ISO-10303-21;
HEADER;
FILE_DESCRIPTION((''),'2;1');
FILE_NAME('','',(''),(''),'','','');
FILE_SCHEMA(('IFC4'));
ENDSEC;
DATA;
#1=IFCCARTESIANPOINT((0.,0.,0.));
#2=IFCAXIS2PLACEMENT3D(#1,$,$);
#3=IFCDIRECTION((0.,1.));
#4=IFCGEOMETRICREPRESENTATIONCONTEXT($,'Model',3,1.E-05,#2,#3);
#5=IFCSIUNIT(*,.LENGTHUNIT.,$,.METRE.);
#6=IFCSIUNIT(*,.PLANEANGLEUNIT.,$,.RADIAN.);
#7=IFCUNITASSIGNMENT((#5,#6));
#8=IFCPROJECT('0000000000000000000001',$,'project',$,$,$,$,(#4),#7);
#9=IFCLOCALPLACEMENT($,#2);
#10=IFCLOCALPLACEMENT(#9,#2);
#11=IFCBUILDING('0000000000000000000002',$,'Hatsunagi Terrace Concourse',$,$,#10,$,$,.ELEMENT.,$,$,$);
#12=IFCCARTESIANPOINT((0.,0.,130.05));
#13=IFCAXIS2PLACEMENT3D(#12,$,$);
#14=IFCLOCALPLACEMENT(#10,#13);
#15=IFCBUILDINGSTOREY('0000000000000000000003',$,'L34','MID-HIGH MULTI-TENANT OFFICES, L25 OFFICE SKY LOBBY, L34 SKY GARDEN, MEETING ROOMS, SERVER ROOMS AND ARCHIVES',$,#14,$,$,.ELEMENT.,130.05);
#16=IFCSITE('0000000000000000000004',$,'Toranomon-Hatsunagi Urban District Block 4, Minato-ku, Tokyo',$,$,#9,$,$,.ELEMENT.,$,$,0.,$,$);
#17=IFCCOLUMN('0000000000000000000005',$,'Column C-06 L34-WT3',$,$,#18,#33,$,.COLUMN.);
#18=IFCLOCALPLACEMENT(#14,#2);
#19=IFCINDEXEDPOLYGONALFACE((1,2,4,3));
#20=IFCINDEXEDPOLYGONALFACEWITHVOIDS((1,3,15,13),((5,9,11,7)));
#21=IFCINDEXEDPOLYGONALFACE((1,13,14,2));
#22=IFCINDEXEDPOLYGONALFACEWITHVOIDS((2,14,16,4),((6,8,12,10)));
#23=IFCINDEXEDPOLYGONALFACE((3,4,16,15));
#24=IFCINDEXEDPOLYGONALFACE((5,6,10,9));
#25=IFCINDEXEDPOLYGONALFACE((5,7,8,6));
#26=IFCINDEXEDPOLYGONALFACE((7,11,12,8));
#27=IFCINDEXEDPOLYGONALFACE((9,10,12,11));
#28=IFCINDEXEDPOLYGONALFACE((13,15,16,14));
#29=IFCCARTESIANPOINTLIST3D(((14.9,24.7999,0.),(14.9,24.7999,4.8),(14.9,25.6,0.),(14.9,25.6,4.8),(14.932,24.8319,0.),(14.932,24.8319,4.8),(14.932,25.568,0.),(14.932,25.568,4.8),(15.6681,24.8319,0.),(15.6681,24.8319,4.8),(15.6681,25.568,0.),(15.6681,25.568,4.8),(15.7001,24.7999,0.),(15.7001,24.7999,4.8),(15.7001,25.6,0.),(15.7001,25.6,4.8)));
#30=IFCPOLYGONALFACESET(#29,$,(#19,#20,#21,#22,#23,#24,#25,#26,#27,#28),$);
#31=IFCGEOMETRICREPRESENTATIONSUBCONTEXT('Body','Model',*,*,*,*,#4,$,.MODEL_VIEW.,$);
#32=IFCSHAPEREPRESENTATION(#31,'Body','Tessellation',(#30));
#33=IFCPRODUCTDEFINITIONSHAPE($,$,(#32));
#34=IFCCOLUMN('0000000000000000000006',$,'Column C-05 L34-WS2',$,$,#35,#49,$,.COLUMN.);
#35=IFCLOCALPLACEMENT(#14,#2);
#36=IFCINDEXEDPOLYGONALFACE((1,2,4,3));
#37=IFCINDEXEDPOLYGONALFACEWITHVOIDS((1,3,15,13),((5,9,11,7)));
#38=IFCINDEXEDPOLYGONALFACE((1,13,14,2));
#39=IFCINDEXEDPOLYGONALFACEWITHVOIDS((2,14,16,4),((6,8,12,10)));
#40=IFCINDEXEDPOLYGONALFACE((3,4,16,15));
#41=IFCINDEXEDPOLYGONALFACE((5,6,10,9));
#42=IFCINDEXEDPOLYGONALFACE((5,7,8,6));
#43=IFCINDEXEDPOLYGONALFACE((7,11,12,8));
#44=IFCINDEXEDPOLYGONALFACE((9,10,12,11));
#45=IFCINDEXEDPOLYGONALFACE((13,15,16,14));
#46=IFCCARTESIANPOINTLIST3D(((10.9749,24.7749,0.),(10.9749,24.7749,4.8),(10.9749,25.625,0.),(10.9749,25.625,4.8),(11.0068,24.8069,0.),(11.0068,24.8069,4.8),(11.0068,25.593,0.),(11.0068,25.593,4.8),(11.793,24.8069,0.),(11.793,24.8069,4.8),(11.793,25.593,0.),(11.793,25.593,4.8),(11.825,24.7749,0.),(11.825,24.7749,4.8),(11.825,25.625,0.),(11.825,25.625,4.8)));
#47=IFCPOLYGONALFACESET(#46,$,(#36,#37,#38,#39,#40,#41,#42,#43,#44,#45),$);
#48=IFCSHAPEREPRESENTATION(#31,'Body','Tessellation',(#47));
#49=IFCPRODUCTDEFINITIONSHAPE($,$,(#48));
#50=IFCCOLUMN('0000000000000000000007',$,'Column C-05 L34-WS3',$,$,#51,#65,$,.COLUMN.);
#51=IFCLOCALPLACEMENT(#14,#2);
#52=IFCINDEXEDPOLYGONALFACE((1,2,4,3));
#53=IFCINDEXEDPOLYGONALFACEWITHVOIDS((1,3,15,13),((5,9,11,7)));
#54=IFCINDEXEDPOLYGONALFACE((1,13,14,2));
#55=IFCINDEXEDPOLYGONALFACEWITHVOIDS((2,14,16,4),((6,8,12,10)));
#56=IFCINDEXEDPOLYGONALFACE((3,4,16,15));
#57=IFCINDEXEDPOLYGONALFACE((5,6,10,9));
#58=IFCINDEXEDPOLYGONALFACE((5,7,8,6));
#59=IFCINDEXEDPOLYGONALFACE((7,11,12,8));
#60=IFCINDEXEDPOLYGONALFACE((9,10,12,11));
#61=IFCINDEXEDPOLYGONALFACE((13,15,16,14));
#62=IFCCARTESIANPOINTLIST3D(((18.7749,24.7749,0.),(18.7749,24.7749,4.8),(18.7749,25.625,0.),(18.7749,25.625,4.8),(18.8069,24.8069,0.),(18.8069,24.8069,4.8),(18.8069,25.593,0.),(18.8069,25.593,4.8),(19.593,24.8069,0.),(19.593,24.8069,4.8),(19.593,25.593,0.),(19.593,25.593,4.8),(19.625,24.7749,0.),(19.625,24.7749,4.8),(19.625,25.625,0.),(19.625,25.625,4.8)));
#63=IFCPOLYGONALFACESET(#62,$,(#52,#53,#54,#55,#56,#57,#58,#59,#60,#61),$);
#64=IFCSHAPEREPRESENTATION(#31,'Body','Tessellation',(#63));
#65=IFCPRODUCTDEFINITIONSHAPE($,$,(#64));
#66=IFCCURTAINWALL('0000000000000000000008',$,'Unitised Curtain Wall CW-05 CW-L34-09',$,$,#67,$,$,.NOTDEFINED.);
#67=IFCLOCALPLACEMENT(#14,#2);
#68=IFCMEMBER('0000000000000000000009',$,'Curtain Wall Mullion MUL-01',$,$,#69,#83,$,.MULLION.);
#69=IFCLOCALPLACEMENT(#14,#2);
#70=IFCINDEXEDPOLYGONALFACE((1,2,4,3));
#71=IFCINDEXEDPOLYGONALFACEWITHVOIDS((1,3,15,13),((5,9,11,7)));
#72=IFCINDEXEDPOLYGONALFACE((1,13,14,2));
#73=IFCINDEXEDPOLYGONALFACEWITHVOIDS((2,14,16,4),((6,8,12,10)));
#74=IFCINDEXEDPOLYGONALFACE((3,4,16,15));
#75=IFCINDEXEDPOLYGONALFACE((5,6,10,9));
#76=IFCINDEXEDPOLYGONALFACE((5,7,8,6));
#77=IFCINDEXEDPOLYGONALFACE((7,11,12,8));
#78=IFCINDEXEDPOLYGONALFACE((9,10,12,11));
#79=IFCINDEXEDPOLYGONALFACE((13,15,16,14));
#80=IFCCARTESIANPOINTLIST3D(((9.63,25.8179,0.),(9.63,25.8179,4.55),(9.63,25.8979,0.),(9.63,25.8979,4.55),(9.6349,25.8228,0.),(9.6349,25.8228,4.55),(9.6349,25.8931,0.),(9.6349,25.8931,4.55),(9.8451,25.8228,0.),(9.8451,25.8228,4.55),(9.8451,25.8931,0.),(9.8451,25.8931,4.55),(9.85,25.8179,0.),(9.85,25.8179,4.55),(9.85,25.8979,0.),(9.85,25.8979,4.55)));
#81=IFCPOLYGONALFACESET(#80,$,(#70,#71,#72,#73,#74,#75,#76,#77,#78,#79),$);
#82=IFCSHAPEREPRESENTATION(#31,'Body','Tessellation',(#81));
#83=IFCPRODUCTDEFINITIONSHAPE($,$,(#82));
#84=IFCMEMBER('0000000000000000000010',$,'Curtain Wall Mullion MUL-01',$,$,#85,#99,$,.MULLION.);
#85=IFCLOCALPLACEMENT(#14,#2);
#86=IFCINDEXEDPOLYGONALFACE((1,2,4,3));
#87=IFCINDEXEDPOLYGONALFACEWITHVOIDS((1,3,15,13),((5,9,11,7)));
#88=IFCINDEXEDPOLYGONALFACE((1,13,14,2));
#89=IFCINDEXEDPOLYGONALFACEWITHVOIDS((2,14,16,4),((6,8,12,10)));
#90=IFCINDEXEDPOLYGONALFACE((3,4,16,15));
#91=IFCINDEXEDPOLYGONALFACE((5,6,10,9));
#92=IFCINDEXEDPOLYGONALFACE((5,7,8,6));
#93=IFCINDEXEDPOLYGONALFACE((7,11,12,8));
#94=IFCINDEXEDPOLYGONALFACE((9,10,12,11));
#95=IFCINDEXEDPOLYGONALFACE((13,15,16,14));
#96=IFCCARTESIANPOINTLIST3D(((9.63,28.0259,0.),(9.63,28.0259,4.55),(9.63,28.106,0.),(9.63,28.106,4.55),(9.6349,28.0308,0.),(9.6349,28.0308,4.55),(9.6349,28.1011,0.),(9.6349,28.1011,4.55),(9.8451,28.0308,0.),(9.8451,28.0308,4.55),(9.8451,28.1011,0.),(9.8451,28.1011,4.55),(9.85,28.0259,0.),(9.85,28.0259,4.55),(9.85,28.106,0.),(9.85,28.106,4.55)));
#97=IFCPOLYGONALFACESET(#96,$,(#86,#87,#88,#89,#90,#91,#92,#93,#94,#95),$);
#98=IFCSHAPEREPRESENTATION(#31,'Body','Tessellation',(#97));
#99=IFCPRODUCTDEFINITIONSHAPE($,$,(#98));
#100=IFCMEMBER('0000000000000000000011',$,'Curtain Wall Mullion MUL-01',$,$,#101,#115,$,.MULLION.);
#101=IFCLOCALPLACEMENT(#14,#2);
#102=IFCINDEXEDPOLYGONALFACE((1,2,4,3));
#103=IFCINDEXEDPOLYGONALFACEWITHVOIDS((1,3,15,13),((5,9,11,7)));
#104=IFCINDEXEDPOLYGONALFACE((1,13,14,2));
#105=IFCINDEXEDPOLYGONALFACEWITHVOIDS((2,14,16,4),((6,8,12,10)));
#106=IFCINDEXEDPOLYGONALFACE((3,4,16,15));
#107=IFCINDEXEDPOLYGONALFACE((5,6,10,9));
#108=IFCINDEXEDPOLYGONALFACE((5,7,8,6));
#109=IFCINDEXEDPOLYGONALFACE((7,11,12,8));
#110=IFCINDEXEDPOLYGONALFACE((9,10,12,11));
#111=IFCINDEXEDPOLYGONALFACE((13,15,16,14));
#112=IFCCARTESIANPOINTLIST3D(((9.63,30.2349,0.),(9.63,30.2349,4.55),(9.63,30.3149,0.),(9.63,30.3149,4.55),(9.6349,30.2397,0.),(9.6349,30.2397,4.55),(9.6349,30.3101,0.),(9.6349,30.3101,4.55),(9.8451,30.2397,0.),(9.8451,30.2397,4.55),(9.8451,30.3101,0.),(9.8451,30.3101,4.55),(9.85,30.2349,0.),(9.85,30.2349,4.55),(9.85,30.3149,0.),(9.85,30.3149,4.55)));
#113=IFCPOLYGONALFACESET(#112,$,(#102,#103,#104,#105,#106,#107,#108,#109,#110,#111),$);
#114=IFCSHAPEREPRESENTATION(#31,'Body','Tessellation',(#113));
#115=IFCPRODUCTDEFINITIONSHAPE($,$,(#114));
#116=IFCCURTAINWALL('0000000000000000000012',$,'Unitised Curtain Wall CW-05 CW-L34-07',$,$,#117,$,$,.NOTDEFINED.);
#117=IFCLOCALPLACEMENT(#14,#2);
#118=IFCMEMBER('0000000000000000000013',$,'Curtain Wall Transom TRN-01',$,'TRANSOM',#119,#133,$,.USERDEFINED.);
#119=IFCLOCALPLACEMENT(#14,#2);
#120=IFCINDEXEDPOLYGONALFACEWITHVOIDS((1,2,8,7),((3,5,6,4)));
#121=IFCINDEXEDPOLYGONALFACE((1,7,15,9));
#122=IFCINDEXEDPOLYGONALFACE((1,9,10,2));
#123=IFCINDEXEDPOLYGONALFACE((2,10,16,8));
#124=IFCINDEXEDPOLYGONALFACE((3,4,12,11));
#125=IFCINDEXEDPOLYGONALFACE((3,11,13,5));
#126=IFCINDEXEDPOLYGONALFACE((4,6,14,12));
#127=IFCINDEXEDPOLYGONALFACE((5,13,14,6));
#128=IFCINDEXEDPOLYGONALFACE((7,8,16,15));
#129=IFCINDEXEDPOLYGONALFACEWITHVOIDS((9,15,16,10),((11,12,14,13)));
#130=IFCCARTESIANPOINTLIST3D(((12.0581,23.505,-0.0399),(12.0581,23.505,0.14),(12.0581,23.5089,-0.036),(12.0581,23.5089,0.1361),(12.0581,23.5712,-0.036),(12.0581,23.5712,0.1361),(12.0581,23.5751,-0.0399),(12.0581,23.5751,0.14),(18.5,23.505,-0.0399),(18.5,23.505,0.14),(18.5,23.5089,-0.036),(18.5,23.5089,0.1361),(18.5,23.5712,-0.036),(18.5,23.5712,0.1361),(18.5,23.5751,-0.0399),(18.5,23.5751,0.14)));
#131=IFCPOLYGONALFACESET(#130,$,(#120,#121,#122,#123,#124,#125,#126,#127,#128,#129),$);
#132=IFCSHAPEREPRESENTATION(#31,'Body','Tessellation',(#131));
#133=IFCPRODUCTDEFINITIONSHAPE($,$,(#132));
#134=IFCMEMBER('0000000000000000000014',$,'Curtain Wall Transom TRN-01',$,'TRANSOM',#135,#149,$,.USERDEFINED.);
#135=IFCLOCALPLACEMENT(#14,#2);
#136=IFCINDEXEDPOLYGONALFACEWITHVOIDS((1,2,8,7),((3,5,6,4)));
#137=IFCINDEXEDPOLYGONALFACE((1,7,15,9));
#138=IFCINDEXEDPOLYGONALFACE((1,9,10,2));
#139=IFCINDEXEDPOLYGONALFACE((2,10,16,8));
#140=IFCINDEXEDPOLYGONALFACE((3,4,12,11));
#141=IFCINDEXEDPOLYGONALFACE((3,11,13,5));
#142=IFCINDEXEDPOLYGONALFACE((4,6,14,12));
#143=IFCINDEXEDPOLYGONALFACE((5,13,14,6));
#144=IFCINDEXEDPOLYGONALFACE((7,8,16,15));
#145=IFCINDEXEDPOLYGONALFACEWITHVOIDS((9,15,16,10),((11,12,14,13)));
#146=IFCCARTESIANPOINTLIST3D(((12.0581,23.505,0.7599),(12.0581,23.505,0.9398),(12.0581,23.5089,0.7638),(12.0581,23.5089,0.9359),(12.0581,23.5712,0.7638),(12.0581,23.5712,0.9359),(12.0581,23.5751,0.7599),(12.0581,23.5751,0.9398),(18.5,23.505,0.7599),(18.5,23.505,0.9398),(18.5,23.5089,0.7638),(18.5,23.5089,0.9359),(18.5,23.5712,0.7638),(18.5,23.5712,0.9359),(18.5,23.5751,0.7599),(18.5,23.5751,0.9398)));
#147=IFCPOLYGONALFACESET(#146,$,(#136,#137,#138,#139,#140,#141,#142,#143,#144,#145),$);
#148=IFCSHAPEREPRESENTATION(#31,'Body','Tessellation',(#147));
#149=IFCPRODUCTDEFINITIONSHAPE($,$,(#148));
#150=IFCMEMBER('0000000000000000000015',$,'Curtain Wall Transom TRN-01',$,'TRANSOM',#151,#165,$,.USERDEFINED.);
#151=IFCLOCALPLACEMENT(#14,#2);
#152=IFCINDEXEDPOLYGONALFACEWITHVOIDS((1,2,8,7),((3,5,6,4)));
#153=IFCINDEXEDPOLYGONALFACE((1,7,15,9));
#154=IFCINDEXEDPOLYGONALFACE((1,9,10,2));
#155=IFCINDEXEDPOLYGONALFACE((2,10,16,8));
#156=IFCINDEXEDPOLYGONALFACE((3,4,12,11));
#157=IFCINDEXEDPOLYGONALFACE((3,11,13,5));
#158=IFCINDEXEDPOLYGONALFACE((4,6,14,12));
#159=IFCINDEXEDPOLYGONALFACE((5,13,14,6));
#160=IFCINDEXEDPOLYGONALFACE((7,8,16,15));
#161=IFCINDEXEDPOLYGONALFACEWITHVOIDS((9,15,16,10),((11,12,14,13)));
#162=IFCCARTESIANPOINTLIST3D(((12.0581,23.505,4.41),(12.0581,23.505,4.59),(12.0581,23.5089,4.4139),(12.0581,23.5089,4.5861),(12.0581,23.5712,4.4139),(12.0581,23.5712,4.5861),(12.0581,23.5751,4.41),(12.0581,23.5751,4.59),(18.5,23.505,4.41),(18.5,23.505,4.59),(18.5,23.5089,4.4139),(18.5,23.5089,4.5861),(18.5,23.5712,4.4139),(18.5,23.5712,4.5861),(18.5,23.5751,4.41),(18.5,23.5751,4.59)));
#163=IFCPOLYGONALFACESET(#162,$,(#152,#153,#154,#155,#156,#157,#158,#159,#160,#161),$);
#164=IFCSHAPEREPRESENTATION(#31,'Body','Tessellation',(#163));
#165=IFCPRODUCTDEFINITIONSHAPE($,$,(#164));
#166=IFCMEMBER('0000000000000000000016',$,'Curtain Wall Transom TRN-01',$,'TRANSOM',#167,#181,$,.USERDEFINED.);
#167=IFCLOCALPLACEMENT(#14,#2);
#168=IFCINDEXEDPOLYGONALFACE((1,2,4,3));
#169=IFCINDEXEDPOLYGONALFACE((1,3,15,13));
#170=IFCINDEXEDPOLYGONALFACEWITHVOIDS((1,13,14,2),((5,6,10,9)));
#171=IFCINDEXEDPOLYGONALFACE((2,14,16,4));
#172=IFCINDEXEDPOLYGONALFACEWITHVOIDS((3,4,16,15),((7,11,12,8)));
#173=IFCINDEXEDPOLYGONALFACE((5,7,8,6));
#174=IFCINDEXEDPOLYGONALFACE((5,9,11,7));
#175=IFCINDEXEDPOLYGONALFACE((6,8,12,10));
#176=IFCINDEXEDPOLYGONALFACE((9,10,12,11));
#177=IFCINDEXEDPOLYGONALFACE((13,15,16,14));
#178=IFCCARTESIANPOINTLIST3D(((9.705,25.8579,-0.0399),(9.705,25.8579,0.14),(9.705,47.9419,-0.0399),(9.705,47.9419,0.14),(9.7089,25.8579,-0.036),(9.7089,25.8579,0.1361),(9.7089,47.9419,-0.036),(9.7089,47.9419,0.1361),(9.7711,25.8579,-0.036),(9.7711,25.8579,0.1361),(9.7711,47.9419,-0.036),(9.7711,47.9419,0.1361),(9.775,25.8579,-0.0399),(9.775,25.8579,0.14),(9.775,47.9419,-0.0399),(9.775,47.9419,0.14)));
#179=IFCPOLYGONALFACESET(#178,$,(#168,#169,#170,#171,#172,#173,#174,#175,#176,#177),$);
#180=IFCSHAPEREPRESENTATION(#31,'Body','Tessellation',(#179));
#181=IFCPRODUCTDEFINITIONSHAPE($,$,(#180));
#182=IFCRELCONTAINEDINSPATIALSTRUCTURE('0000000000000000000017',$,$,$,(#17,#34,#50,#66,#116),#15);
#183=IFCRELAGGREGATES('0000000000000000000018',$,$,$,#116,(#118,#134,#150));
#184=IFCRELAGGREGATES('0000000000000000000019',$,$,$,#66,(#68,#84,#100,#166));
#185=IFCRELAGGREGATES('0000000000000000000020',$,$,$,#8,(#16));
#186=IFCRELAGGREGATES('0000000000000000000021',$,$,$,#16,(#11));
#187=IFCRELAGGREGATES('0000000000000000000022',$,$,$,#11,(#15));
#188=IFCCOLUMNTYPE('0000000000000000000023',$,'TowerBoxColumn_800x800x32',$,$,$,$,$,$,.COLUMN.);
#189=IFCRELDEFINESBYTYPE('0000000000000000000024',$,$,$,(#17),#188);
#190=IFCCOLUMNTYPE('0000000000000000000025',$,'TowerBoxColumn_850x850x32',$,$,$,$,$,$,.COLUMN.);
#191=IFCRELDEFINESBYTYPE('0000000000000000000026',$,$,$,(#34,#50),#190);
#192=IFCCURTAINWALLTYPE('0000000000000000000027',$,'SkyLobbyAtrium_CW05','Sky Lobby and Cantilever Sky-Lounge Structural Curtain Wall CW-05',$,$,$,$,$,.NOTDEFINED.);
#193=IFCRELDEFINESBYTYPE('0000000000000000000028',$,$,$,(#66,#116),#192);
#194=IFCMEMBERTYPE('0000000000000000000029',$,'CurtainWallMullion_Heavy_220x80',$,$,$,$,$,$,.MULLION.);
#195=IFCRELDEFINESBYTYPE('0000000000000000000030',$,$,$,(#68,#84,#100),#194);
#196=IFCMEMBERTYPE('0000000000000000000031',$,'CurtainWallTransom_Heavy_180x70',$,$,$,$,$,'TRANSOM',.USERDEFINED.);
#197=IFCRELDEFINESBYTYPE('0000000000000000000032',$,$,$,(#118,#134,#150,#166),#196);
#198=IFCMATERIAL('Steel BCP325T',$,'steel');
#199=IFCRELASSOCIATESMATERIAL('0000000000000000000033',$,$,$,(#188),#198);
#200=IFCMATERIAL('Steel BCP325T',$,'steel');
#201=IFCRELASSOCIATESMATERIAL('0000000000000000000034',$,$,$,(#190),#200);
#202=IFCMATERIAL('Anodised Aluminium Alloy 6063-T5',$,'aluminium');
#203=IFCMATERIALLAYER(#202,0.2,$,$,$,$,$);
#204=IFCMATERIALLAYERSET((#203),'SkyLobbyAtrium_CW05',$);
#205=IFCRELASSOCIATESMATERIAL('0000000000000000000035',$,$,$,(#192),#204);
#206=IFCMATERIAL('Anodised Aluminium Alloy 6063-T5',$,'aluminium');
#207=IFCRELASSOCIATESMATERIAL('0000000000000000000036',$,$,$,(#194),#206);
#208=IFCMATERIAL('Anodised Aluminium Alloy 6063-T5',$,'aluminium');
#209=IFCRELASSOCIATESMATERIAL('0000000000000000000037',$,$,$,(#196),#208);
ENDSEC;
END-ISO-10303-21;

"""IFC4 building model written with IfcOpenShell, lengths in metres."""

from ifc_helpers import new_model, si_unit, direction, frame, origin, origin_2d, place, context, subcontext, project, spatial, hollow_rectangle, extrude, material, layer, layer_set, material_profile, profile_set, type_object, element, aggregate, save


model = new_model("IFC4")

# Units and contexts
model_context = context("Model", 3, precision=1e-05, world=origin(), true_north=direction((0.0, 1.0)))
body_context = subcontext(model_context, "Body", "Model", "MODEL_VIEW")
ifc_project = project(units=[si_unit("LENGTHUNIT", "METRE"), si_unit("PLANEANGLEUNIT", "RADIAN")], contexts=[model_context])

# Site, building, storey
site_placement = place(None, origin())
site = spatial("IfcSite", under=ifc_project, at=site_placement, Name="Toranomon-Hatsunagi Urban District Block 4, Minato-ku, Tokyo", CompositionType="ELEMENT", RefElevation=0.0)
building_placement = place(site_placement, origin())
building = spatial("IfcBuilding", under=site, at=building_placement, Name="Hatsunagi Terrace Concourse", CompositionType="ELEMENT")
storey_placement = place(building_placement, frame((0.0, 0.0, 130.05)))
storey = spatial("IfcBuildingStorey", under=building, at=storey_placement, Name="L34", Description="MID-HIGH MULTI-TENANT OFFICES, L25 OFFICE SKY LOBBY, L34 SKY GARDEN, MEETING ROOMS, SERVER ROOMS AND ARCHIVES", CompositionType="ELEMENT", Elevation=130.05)

# Columns
ifc_material_1 = material(Name="Steel BCP325T", Category="steel")
ifc_material_profile_1 = material_profile(ifc_material_1, hollow_rectangle(XDim=0.8, YDim=0.8, WallThickness=0.032, at=origin_2d()), Name="BCP-800x800x32")
ifc_profile_set_1 = profile_set([ifc_material_profile_1], Name="Steel BCP325T")
column_type_1 = type_object("IfcColumnType", Name="TowerBoxColumn_800x800x32", PredefinedType="COLUMN", material=ifc_profile_set_1)
column_placement = place(storey_placement, frame((15.3, 25.2, 0.0), z_axis=(0.0, 0.0, 1.0), x_axis=(1.0, 0.0, 0.0)))
element("IfcColumn", 1, at=column_placement, inside=storey, type_object=column_type_1, Name="Column C-06 L34-WT3", PredefinedType="COLUMN", context=body_context, shape_type="SweptSolid", body=[
    extrude(hollow_rectangle(XDim=0.8, YDim=0.8, WallThickness=0.032, at=origin_2d()), origin(), (0.0, 0.0, 1.0), 4.8),
])
ifc_material_2 = material(Name="Steel BCP325T", Category="steel")
ifc_material_profile_2 = material_profile(ifc_material_2, hollow_rectangle(XDim=0.8501, YDim=0.8501, WallThickness=0.032, at=origin_2d()), Name="BCP-850x850x32")
ifc_profile_set_2 = profile_set([ifc_material_profile_2], Name="Steel BCP325T")
column_type_2 = type_object("IfcColumnType", Name="TowerBoxColumn_850x850x32", PredefinedType="COLUMN", material=ifc_profile_set_2)
for number, where, z_axis, x_axis, name in (
    (2, (11.3999, 25.2, 0.0), (0.0, 0.0, 1.0), (1.0, 0.0, 0.0), "Column C-05 L34-WS2"),
    (3, (19.2, 25.2, 0.0), (0.0, 0.0, 1.0), (1.0, 0.0, 0.0), "Column C-05 L34-WS3"),
):
    element("IfcColumn", number, at=place(storey_placement, frame(where, z_axis=z_axis, x_axis=x_axis)), inside=storey, type_object=column_type_2, Name=name, PredefinedType="COLUMN", context=body_context, shape_type="SweptSolid", body=[
        extrude(hollow_rectangle(XDim=0.8501, YDim=0.8501, WallThickness=0.032, at=origin_2d()), origin(), (0.0, 0.0, 1.0), 4.8),
    ])

# Curtain walls, members
ifc_material_3 = material(Name="Anodised Aluminium Alloy 6063-T5", Category="aluminium")
ifc_layer_1 = layer(ifc_material_3, 0.2)
ifc_layer_set_1 = layer_set([ifc_layer_1], Name="SkyLobbyAtrium_CW05")
curtain_wall_type = type_object("IfcCurtainWallType", Name="SkyLobbyAtrium_CW05", Description="Sky Lobby and Cantilever Sky-Lounge Structural Curtain Wall CW-05", PredefinedType="NOTDEFINED", material=ifc_layer_set_1)
curtain_wall_1_placement = place(storey_placement, origin())
curtain_wall_1 = element("IfcCurtainWall", 4, at=curtain_wall_1_placement, inside=storey, type_object=curtain_wall_type, Name="Unitised Curtain Wall CW-05 CW-L34-09", PredefinedType="NOTDEFINED")
ifc_material_4 = material(Name="Anodised Aluminium Alloy 6063-T5", Category="aluminium")
ifc_material_profile_3 = material_profile(ifc_material_4, hollow_rectangle(XDim=0.0801, YDim=0.22, WallThickness=0.0049, at=origin_2d()), Name="ALU-MUL-220x80x5")
ifc_profile_set_3 = profile_set([ifc_material_profile_3], Name="Anodised Aluminium Alloy 6063-T5")
member_type_1 = type_object("IfcMemberType", Name="CurtainWallMullion_Heavy_220x80", PredefinedType="MULLION", material=ifc_profile_set_3)
member_1_placement = place(storey_placement, frame((9.74, 25.8579, 0.0), z_axis=(0.0, 0.0, 1.0), x_axis=(0.0, 1.0, 0.0)))
member_1 = element("IfcMember", 5, at=member_1_placement, type_object=member_type_1, Name="Curtain Wall Mullion MUL-01", PredefinedType="MULLION", context=body_context, shape_type="SweptSolid", body=[
    extrude(hollow_rectangle(XDim=0.0801, YDim=0.22, WallThickness=0.0049, at=origin_2d()), origin(), (0.0, 0.0, 1.0), 4.55),
])
member_2_placement = place(storey_placement, frame((9.74, 28.0659, 0.0), z_axis=(0.0, 0.0, 1.0), x_axis=(0.0, 1.0, 0.0)))
member_2 = element("IfcMember", 6, at=member_2_placement, type_object=member_type_1, Name="Curtain Wall Mullion MUL-01", PredefinedType="MULLION", context=body_context, shape_type="SweptSolid", body=[
    extrude(hollow_rectangle(XDim=0.0801, YDim=0.22, WallThickness=0.0049, at=origin_2d()), origin(), (0.0, 0.0, 1.0), 4.55),
])
member_3_placement = place(storey_placement, frame((9.74, 30.2749, 0.0), z_axis=(0.0, 0.0, 1.0), x_axis=(0.0, 1.0, 0.0)))
member_3 = element("IfcMember", 7, at=member_3_placement, type_object=member_type_1, Name="Curtain Wall Mullion MUL-01", PredefinedType="MULLION", context=body_context, shape_type="SweptSolid", body=[
    extrude(hollow_rectangle(XDim=0.0801, YDim=0.22, WallThickness=0.0049, at=origin_2d()), origin(), (0.0, 0.0, 1.0), 4.55),
])
curtain_wall_2_placement = place(storey_placement, origin())
curtain_wall_2 = element("IfcCurtainWall", 8, at=curtain_wall_2_placement, inside=storey, type_object=curtain_wall_type, Name="Unitised Curtain Wall CW-05 CW-L34-07", PredefinedType="NOTDEFINED")
ifc_material_5 = material(Name="Anodised Aluminium Alloy 6063-T5", Category="aluminium")
ifc_material_profile_4 = material_profile(ifc_material_5, hollow_rectangle(XDim=0.0701, YDim=0.1799, WallThickness=0.0039, at=origin_2d()), Name="ALU-TRN-180x70x4")
ifc_profile_set_4 = profile_set([ifc_material_profile_4], Name="Anodised Aluminium Alloy 6063-T5")
member_type_2 = type_object("IfcMemberType", Name="CurtainWallTransom_Heavy_180x70", ElementType="TRANSOM", PredefinedType="USERDEFINED", material=ifc_profile_set_4)
member_4_placement = place(storey_placement, frame((18.5, 23.54, 0.05), z_axis=(-1.0, 0.0, 0.0), x_axis=(0.0, -1.0, 0.0)))
member_4 = element("IfcMember", 9, at=member_4_placement, type_object=member_type_2, Name="Curtain Wall Transom TRN-01", ObjectType="TRANSOM", PredefinedType="USERDEFINED", context=body_context, shape_type="SweptSolid", body=[
    extrude(hollow_rectangle(XDim=0.0701, YDim=0.1799, WallThickness=0.0039, at=origin_2d()), origin(), (0.0, 0.0, 1.0), 6.4419),
])
member_5_placement = place(storey_placement, frame((18.5, 23.54, 0.8499), z_axis=(-1.0, 0.0, 0.0), x_axis=(0.0, -1.0, 0.0)))
member_5 = element("IfcMember", 10, at=member_5_placement, type_object=member_type_2, Name="Curtain Wall Transom TRN-01", ObjectType="TRANSOM", PredefinedType="USERDEFINED", context=body_context, shape_type="SweptSolid", body=[
    extrude(hollow_rectangle(XDim=0.0701, YDim=0.1799, WallThickness=0.0039, at=origin_2d()), origin(), (0.0, 0.0, 1.0), 6.4419),
])
member_6_placement = place(storey_placement, frame((18.5, 23.54, 4.5), z_axis=(-1.0, 0.0, 0.0), x_axis=(0.0, -1.0, 0.0)))
member_6 = element("IfcMember", 11, at=member_6_placement, type_object=member_type_2, Name="Curtain Wall Transom TRN-01", ObjectType="TRANSOM", PredefinedType="USERDEFINED", context=body_context, shape_type="SweptSolid", body=[
    extrude(hollow_rectangle(XDim=0.0701, YDim=0.1799, WallThickness=0.0039, at=origin_2d()), origin(), (0.0, 0.0, 1.0), 6.4419),
])
aggregate(curtain_wall_2, [member_4, member_5, member_6])

# Member
member_7_placement = place(storey_placement, frame((9.74, 25.8579, 0.05), z_axis=(0.0, 1.0, 0.0), x_axis=(-1.0, 0.0, 0.0)))
member_7 = element("IfcMember", 12, at=member_7_placement, type_object=member_type_2, Name="Curtain Wall Transom TRN-01", ObjectType="TRANSOM", PredefinedType="USERDEFINED", context=body_context, shape_type="SweptSolid", body=[
    extrude(hollow_rectangle(XDim=0.0701, YDim=0.1799, WallThickness=0.0039, at=origin_2d()), origin(), (0.0, 0.0, 1.0), 22.084),
])

aggregate(curtain_wall_1, [member_1, member_2, member_3, member_7])

save(model, "model.ifc")
